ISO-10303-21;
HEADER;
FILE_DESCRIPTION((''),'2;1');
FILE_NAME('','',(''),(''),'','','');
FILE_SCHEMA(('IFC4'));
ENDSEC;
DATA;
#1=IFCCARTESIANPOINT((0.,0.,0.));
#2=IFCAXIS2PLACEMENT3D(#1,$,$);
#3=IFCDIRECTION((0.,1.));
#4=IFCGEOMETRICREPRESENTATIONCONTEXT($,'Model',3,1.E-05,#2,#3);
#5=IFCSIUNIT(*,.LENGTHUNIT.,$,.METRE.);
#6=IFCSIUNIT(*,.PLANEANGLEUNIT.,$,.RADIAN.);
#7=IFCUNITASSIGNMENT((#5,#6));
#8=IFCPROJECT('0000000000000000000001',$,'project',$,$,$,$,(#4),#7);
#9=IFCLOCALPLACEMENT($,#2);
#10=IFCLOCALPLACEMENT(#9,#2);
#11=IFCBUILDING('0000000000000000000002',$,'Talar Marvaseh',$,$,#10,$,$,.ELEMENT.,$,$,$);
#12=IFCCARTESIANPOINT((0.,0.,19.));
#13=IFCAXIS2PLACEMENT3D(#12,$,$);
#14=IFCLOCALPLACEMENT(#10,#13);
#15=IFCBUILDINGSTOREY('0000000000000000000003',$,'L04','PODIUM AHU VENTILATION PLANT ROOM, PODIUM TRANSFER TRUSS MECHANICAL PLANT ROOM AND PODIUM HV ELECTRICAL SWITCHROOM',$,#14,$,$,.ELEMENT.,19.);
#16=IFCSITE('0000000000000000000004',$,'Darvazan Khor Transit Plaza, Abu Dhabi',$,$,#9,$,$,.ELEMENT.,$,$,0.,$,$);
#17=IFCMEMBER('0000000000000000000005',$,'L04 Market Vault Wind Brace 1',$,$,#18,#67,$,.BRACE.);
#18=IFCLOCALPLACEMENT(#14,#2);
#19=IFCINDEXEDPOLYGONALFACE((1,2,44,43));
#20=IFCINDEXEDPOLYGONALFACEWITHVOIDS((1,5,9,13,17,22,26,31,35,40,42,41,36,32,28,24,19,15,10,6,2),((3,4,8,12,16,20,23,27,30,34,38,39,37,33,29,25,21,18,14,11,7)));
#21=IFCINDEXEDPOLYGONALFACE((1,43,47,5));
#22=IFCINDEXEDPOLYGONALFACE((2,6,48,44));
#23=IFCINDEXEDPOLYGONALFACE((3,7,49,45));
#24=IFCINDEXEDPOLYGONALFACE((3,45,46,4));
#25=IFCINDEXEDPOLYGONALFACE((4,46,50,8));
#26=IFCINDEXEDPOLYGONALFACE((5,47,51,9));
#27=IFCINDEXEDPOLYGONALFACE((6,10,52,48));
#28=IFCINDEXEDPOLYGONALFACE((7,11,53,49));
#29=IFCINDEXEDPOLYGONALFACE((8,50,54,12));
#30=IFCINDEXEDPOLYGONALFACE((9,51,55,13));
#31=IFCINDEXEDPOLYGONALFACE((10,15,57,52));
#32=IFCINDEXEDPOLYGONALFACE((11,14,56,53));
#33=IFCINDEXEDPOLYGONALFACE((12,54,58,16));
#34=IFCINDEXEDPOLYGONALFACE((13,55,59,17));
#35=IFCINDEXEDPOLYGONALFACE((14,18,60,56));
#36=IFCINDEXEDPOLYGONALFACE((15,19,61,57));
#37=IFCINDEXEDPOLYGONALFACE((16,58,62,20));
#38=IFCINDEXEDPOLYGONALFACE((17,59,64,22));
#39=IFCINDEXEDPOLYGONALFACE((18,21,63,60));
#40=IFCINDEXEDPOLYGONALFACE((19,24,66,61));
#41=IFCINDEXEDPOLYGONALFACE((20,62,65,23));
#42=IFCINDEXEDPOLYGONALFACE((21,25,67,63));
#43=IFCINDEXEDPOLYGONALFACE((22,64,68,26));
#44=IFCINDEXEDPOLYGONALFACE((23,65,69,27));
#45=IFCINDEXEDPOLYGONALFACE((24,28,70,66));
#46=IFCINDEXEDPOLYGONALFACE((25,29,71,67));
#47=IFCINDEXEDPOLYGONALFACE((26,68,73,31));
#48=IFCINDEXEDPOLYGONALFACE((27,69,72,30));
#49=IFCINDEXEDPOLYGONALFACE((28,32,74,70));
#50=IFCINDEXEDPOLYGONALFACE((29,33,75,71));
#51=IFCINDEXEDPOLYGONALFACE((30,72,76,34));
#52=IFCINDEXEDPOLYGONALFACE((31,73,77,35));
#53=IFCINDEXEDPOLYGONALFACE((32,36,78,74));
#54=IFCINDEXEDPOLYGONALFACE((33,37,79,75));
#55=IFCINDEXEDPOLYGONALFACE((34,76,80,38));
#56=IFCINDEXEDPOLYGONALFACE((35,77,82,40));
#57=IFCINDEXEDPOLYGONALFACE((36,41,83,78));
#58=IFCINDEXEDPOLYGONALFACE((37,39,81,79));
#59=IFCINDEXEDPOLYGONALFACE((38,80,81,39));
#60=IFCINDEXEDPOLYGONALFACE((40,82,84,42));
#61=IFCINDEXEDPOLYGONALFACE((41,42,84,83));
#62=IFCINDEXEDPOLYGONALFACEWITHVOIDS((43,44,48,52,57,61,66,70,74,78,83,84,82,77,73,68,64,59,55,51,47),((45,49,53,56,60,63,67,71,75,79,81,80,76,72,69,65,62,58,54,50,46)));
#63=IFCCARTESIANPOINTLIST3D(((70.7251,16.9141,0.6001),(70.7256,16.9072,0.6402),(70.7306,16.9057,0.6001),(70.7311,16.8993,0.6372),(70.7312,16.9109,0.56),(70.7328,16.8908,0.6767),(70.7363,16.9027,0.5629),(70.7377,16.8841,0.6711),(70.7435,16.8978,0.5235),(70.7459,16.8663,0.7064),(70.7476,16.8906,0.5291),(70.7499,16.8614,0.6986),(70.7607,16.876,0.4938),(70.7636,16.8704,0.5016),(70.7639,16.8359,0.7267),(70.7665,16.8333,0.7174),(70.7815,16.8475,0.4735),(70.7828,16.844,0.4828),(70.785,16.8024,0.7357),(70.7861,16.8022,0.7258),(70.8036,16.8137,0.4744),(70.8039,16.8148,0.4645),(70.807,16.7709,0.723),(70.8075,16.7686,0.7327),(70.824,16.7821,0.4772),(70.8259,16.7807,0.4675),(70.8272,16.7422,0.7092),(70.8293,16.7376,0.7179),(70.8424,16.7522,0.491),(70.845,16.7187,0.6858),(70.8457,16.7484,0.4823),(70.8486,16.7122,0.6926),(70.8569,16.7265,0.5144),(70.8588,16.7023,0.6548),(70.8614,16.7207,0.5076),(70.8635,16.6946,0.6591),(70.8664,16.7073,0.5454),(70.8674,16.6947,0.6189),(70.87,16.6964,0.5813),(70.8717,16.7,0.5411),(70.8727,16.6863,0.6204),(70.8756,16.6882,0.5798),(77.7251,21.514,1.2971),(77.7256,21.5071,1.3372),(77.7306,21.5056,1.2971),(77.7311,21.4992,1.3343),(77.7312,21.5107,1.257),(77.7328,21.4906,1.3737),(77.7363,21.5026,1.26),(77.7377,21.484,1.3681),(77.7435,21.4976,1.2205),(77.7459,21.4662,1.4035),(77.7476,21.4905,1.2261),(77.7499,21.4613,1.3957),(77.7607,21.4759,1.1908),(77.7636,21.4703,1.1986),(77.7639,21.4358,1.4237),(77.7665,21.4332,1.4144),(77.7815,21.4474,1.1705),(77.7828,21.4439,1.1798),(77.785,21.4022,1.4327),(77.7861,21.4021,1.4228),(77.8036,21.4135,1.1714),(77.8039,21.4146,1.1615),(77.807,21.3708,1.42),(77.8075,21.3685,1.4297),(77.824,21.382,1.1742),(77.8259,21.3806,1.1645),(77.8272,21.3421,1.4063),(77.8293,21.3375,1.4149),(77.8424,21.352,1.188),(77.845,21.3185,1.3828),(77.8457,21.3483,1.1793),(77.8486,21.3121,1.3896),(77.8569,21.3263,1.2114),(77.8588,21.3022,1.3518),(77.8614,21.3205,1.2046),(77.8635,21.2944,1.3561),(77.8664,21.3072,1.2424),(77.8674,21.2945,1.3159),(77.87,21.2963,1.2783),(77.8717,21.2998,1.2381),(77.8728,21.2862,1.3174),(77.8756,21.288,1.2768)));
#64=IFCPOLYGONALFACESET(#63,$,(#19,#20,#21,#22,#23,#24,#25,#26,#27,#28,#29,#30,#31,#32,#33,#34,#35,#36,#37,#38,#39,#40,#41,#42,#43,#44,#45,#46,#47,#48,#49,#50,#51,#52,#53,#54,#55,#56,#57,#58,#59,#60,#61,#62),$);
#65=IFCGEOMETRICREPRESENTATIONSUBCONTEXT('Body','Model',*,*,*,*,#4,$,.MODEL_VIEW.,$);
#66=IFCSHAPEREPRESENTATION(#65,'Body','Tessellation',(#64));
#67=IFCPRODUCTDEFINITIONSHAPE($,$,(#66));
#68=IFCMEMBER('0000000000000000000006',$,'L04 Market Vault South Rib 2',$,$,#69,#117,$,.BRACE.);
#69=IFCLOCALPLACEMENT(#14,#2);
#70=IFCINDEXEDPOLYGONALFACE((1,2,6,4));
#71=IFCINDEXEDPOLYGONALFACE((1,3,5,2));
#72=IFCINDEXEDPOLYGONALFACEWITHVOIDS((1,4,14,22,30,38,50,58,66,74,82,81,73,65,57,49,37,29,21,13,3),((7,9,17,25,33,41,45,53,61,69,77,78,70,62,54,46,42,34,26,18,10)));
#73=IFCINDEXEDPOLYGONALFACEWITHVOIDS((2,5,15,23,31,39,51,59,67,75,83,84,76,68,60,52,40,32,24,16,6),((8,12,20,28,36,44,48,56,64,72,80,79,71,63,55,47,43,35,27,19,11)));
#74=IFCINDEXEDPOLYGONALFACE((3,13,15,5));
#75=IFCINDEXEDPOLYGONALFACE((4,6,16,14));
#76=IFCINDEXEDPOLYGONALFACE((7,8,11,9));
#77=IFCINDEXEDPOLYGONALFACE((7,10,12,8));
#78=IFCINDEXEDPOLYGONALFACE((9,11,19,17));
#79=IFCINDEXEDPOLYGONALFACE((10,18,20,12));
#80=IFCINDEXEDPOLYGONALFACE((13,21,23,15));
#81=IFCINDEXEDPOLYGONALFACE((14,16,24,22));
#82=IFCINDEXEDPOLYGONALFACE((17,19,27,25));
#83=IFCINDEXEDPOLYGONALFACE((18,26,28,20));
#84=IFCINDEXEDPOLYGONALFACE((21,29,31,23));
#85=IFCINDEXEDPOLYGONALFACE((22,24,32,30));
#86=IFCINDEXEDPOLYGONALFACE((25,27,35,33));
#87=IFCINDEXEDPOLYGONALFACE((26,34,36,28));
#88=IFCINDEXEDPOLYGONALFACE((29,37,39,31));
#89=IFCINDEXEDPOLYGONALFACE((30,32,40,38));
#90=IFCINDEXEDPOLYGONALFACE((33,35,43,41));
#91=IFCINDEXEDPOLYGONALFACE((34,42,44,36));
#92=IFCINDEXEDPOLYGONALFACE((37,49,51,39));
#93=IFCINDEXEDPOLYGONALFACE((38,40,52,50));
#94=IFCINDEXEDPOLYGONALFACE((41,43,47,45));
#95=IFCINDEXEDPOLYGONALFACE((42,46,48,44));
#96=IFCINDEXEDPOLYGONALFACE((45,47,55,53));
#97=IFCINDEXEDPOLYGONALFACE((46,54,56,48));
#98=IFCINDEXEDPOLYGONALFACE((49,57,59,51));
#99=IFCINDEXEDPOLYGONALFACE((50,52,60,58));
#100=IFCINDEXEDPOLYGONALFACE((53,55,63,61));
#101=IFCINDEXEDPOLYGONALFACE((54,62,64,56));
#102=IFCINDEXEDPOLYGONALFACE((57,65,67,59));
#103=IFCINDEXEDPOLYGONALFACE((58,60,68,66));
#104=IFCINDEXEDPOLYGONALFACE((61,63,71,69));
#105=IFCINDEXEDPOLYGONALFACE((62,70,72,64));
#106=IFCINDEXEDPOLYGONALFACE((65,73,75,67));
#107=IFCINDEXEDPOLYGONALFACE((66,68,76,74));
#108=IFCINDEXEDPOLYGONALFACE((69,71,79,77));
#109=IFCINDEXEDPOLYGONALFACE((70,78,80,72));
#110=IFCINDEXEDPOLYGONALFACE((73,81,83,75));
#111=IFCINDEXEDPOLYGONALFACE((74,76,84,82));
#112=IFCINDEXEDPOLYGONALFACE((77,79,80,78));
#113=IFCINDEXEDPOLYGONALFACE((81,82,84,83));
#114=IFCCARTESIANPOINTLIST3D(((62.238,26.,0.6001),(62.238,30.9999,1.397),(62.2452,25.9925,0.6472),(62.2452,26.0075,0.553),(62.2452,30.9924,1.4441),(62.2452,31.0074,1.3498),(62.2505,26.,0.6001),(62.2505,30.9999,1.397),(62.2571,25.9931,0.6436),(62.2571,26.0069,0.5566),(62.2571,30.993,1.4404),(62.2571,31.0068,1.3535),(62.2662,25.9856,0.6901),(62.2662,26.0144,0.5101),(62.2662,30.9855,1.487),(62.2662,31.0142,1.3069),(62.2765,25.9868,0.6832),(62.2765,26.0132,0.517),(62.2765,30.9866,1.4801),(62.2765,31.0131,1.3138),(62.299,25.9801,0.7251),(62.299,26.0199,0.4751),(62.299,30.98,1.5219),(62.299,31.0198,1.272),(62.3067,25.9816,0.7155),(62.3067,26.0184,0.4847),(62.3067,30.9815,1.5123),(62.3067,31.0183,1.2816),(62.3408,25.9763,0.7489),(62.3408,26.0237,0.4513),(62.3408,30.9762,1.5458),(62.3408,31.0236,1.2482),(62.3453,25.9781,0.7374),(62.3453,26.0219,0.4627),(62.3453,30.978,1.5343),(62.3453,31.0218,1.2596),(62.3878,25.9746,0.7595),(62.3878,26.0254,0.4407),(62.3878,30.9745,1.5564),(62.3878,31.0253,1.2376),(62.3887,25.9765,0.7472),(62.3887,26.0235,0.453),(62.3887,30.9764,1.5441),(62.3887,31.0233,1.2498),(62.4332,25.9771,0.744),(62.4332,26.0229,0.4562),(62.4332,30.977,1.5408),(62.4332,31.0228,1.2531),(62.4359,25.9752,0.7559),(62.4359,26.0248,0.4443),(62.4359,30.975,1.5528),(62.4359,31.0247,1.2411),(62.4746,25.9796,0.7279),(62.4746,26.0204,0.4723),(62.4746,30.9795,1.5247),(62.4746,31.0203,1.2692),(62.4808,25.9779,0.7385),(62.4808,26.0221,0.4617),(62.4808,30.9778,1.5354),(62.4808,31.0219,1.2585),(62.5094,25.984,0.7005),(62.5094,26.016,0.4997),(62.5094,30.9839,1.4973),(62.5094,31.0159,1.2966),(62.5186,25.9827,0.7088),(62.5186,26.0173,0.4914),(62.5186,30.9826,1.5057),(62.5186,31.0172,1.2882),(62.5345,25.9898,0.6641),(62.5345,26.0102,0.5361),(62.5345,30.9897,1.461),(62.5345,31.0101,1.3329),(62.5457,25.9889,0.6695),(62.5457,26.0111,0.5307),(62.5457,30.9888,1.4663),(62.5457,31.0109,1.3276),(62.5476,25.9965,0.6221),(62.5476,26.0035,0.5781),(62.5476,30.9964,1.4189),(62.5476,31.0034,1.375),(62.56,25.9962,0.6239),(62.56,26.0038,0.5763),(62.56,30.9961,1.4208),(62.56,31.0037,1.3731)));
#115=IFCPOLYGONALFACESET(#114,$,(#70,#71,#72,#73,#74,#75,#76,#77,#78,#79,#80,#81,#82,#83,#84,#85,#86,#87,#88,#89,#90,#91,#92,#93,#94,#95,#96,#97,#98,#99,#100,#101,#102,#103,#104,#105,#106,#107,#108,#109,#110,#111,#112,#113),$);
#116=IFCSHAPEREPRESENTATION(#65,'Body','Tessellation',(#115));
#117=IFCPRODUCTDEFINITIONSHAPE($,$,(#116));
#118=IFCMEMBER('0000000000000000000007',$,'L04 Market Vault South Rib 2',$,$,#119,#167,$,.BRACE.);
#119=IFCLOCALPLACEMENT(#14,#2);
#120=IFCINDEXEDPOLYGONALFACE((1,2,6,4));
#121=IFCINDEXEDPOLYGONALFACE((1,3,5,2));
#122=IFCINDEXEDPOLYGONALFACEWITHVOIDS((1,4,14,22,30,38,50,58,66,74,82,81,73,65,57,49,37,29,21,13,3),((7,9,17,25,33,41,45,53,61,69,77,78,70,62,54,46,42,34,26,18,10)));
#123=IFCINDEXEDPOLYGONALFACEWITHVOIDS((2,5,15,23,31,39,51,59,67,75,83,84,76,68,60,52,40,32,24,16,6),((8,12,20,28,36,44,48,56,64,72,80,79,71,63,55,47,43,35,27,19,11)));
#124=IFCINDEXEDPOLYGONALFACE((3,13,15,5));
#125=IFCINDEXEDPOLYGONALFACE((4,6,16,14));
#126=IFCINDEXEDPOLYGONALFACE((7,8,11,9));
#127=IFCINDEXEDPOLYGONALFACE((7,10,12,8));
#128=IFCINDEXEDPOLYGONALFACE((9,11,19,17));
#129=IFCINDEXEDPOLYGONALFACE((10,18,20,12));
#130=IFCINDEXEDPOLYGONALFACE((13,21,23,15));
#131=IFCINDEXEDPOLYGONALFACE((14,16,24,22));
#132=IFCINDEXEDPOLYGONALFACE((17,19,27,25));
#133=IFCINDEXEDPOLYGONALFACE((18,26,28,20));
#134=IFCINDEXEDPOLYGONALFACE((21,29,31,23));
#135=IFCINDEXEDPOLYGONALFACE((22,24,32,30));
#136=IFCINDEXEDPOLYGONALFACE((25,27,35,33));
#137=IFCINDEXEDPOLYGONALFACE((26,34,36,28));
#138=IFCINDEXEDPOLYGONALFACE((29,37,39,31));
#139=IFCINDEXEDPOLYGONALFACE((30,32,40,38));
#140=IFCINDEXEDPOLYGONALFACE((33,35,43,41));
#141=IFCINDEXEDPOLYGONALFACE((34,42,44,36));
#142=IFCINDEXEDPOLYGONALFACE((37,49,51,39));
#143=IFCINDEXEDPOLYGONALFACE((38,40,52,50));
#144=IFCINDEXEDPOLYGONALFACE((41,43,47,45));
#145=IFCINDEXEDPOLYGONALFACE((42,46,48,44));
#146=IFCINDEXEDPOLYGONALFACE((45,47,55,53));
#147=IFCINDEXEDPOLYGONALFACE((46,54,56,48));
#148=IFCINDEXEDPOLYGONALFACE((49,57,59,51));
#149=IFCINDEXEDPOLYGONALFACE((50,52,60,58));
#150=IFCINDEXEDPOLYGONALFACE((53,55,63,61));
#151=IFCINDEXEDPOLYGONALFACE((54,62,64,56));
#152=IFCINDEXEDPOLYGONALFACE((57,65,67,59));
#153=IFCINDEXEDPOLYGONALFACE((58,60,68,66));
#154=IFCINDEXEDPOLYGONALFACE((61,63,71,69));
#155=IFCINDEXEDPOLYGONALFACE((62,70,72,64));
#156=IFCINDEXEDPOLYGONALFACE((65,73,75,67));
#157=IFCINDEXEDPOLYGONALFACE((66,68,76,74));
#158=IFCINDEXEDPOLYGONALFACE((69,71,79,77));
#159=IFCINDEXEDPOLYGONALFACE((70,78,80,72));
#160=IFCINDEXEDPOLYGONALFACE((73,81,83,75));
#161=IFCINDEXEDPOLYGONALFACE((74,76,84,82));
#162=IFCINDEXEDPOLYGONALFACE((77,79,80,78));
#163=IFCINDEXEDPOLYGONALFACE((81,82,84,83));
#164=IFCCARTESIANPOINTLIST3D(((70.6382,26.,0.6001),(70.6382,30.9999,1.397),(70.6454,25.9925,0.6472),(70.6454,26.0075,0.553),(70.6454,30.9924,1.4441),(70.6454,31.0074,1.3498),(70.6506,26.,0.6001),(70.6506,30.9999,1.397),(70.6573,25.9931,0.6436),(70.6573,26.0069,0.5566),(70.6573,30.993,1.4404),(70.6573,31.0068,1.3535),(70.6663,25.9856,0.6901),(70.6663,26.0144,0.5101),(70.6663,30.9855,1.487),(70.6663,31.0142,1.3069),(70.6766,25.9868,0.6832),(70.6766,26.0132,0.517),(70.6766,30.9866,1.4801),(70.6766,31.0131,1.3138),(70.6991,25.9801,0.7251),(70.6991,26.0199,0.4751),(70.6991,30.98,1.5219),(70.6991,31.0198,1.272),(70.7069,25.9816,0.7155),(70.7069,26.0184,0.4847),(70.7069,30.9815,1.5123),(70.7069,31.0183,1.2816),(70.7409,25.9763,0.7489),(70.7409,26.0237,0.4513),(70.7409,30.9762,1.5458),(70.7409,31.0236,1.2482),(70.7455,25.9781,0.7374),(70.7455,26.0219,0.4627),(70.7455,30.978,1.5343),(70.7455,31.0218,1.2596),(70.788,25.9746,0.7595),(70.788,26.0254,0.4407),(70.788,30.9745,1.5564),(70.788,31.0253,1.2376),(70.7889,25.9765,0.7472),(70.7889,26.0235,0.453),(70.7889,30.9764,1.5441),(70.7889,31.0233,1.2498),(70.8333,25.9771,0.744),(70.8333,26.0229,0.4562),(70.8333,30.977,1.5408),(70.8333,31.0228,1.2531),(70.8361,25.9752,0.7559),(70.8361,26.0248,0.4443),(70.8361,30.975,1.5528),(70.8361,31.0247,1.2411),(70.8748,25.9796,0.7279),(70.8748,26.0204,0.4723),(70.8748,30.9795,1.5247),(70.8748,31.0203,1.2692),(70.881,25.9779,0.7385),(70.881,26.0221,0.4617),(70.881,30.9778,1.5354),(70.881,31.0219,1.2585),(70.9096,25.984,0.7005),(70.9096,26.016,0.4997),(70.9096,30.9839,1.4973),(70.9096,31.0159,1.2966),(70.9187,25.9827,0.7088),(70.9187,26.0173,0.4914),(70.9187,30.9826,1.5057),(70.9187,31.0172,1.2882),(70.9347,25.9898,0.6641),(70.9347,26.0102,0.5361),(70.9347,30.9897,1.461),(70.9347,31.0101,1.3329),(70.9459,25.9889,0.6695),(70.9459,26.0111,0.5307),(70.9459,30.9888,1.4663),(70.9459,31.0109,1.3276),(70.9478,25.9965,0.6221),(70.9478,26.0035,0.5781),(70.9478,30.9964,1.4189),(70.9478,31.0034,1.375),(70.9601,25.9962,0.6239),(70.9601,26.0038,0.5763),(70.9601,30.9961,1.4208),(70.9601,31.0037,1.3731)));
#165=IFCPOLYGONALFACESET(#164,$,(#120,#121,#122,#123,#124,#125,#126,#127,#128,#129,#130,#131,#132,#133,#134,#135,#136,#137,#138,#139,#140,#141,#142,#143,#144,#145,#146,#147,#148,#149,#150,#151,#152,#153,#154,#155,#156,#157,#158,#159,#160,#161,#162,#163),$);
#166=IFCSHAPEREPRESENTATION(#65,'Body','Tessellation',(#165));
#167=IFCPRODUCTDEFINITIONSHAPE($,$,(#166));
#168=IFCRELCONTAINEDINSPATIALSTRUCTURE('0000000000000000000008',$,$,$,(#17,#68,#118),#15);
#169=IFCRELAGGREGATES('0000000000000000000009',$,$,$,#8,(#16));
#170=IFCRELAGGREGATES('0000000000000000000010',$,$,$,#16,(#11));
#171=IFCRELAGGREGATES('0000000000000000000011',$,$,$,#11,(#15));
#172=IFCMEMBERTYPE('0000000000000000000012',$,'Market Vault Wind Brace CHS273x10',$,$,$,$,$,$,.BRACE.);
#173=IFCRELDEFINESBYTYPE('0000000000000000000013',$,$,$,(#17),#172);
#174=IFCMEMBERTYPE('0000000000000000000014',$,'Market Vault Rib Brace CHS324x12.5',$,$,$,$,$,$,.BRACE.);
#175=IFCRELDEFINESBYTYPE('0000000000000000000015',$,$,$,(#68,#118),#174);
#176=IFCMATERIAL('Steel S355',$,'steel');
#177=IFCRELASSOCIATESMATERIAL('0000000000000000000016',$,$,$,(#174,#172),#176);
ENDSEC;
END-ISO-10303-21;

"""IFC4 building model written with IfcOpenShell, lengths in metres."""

from ifc_helpers import new_model, si_unit, direction, frame, origin, origin_2d, place, context, subcontext, project, spatial, hollow_circle, extrude, source, transform, mapped, material, material_profile, profile_set, type_object, element, save


model = new_model("IFC4")

# Units and contexts
model_context = context("Model", 3, precision=1e-05, world=origin(), true_north=direction((0.0, 1.0)))
body_context = subcontext(model_context, "Body", "Model", "MODEL_VIEW")
ifc_project = project(units=[si_unit("LENGTHUNIT", "METRE"), si_unit("PLANEANGLEUNIT", "RADIAN")], contexts=[model_context])

# Site, building, storey
site_placement = place(None, origin())
site = spatial("IfcSite", under=ifc_project, at=site_placement, Name="Darvazan Khor Transit Plaza, Abu Dhabi", CompositionType="ELEMENT", RefElevation=0.0)
building_placement = place(site_placement, origin())
building = spatial("IfcBuilding", under=site, at=building_placement, Name="Talar Marvaseh", CompositionType="ELEMENT")
storey_placement = place(building_placement, frame((0.0, 0.0, 19.0)))
storey = spatial("IfcBuildingStorey", under=building, at=storey_placement, Name="L04", Description="PODIUM AHU VENTILATION PLANT ROOM, PODIUM TRANSFER TRUSS MECHANICAL PLANT ROOM AND PODIUM HV ELECTRICAL SWITCHROOM", CompositionType="ELEMENT", Elevation=19.0)

# Shared definitions
ifc_material_1 = material(Name="Steel S355", Category="steel")

# Members
ifc_material_profile_1 = material_profile(ifc_material_1, hollow_circle(Radius=0.1619, WallThickness=0.0125, at=origin_2d()), Name="CHS324x12.5")
ifc_profile_set_1 = profile_set([ifc_material_profile_1], Name="Steel S355")
member_type_1 = type_object("IfcMemberType", Name="Market Vault Rib Brace CHS324x12.5", PredefinedType="BRACE", material=ifc_profile_set_1)
ifc_material_profile_2 = material_profile(ifc_material_1, hollow_circle(Radius=0.1365, WallThickness=0.01, at=origin_2d()), Name="CHS273x10")
ifc_profile_set_2 = profile_set([ifc_material_profile_2], Name="Steel S355")
member_type_2 = type_object("IfcMemberType", Name="Market Vault Wind Brace CHS273x10", PredefinedType="BRACE", material=ifc_profile_set_2)
shared_shape_1 = source(origin(), body_context, "Body", "SweptSolid", [
    extrude(hollow_circle(Radius=0.1365, WallThickness=0.01, at=origin_2d()), origin(), (0.0, 0.0, 1.0), 8.405),
])
member_1_placement = place(storey_placement, frame((70.8, 16.8, 0.6001), z_axis=(0.832835, 0.547274, 0.082929), x_axis=(-0.549166, 0.835714, 0.0)))
element("IfcMember", 1, at=member_1_placement, inside=storey, type_object=member_type_2, Name="L04 Market Vault Wind Brace 1", PredefinedType="BRACE", context=body_context, shape_type="MappedRepresentation", body=[
    mapped(shared_shape_1, transform((0.0, 0.0, 0.0), x_axis=(1.0, 0.0, 0.0), y_axis=(0.0, 1.0, 0.0), z_axis=(0.0, 0.0, 1.0), scale=1.0)),
])
shared_shape_2 = source(origin(), body_context, "Body", "SweptSolid", [
    extrude(hollow_circle(Radius=0.1619, WallThickness=0.0125, at=origin_2d()), origin(), (0.0, 0.0, 1.0), 5.063),
])
for number, where, z_axis, x_axis, name in (
    (2, (62.3999, 26.0, 0.6001), (0.0, 0.987537, 0.157389), (-1.0, 0.0, 0.0), "L04 Market Vault South Rib 2"),
    (3, (70.8, 26.0, 0.6001), (0.0, 0.987537, 0.157389), (-1.0, 0.0, 0.0), "L04 Market Vault South Rib 2"),
):
    element("IfcMember", number, at=place(storey_placement, frame(where, z_axis=z_axis, x_axis=x_axis)), inside=storey, type_object=member_type_1, Name=name, PredefinedType="BRACE", context=body_context, shape_type="MappedRepresentation", body=[
        mapped(shared_shape_2, transform((0.0, 0.0, 0.0), x_axis=(1.0, 0.0, 0.0), y_axis=(0.0, 1.0, 0.0), z_axis=(0.0, 0.0, 1.0), scale=1.0)),
    ])

save(model, "model.ifc")
